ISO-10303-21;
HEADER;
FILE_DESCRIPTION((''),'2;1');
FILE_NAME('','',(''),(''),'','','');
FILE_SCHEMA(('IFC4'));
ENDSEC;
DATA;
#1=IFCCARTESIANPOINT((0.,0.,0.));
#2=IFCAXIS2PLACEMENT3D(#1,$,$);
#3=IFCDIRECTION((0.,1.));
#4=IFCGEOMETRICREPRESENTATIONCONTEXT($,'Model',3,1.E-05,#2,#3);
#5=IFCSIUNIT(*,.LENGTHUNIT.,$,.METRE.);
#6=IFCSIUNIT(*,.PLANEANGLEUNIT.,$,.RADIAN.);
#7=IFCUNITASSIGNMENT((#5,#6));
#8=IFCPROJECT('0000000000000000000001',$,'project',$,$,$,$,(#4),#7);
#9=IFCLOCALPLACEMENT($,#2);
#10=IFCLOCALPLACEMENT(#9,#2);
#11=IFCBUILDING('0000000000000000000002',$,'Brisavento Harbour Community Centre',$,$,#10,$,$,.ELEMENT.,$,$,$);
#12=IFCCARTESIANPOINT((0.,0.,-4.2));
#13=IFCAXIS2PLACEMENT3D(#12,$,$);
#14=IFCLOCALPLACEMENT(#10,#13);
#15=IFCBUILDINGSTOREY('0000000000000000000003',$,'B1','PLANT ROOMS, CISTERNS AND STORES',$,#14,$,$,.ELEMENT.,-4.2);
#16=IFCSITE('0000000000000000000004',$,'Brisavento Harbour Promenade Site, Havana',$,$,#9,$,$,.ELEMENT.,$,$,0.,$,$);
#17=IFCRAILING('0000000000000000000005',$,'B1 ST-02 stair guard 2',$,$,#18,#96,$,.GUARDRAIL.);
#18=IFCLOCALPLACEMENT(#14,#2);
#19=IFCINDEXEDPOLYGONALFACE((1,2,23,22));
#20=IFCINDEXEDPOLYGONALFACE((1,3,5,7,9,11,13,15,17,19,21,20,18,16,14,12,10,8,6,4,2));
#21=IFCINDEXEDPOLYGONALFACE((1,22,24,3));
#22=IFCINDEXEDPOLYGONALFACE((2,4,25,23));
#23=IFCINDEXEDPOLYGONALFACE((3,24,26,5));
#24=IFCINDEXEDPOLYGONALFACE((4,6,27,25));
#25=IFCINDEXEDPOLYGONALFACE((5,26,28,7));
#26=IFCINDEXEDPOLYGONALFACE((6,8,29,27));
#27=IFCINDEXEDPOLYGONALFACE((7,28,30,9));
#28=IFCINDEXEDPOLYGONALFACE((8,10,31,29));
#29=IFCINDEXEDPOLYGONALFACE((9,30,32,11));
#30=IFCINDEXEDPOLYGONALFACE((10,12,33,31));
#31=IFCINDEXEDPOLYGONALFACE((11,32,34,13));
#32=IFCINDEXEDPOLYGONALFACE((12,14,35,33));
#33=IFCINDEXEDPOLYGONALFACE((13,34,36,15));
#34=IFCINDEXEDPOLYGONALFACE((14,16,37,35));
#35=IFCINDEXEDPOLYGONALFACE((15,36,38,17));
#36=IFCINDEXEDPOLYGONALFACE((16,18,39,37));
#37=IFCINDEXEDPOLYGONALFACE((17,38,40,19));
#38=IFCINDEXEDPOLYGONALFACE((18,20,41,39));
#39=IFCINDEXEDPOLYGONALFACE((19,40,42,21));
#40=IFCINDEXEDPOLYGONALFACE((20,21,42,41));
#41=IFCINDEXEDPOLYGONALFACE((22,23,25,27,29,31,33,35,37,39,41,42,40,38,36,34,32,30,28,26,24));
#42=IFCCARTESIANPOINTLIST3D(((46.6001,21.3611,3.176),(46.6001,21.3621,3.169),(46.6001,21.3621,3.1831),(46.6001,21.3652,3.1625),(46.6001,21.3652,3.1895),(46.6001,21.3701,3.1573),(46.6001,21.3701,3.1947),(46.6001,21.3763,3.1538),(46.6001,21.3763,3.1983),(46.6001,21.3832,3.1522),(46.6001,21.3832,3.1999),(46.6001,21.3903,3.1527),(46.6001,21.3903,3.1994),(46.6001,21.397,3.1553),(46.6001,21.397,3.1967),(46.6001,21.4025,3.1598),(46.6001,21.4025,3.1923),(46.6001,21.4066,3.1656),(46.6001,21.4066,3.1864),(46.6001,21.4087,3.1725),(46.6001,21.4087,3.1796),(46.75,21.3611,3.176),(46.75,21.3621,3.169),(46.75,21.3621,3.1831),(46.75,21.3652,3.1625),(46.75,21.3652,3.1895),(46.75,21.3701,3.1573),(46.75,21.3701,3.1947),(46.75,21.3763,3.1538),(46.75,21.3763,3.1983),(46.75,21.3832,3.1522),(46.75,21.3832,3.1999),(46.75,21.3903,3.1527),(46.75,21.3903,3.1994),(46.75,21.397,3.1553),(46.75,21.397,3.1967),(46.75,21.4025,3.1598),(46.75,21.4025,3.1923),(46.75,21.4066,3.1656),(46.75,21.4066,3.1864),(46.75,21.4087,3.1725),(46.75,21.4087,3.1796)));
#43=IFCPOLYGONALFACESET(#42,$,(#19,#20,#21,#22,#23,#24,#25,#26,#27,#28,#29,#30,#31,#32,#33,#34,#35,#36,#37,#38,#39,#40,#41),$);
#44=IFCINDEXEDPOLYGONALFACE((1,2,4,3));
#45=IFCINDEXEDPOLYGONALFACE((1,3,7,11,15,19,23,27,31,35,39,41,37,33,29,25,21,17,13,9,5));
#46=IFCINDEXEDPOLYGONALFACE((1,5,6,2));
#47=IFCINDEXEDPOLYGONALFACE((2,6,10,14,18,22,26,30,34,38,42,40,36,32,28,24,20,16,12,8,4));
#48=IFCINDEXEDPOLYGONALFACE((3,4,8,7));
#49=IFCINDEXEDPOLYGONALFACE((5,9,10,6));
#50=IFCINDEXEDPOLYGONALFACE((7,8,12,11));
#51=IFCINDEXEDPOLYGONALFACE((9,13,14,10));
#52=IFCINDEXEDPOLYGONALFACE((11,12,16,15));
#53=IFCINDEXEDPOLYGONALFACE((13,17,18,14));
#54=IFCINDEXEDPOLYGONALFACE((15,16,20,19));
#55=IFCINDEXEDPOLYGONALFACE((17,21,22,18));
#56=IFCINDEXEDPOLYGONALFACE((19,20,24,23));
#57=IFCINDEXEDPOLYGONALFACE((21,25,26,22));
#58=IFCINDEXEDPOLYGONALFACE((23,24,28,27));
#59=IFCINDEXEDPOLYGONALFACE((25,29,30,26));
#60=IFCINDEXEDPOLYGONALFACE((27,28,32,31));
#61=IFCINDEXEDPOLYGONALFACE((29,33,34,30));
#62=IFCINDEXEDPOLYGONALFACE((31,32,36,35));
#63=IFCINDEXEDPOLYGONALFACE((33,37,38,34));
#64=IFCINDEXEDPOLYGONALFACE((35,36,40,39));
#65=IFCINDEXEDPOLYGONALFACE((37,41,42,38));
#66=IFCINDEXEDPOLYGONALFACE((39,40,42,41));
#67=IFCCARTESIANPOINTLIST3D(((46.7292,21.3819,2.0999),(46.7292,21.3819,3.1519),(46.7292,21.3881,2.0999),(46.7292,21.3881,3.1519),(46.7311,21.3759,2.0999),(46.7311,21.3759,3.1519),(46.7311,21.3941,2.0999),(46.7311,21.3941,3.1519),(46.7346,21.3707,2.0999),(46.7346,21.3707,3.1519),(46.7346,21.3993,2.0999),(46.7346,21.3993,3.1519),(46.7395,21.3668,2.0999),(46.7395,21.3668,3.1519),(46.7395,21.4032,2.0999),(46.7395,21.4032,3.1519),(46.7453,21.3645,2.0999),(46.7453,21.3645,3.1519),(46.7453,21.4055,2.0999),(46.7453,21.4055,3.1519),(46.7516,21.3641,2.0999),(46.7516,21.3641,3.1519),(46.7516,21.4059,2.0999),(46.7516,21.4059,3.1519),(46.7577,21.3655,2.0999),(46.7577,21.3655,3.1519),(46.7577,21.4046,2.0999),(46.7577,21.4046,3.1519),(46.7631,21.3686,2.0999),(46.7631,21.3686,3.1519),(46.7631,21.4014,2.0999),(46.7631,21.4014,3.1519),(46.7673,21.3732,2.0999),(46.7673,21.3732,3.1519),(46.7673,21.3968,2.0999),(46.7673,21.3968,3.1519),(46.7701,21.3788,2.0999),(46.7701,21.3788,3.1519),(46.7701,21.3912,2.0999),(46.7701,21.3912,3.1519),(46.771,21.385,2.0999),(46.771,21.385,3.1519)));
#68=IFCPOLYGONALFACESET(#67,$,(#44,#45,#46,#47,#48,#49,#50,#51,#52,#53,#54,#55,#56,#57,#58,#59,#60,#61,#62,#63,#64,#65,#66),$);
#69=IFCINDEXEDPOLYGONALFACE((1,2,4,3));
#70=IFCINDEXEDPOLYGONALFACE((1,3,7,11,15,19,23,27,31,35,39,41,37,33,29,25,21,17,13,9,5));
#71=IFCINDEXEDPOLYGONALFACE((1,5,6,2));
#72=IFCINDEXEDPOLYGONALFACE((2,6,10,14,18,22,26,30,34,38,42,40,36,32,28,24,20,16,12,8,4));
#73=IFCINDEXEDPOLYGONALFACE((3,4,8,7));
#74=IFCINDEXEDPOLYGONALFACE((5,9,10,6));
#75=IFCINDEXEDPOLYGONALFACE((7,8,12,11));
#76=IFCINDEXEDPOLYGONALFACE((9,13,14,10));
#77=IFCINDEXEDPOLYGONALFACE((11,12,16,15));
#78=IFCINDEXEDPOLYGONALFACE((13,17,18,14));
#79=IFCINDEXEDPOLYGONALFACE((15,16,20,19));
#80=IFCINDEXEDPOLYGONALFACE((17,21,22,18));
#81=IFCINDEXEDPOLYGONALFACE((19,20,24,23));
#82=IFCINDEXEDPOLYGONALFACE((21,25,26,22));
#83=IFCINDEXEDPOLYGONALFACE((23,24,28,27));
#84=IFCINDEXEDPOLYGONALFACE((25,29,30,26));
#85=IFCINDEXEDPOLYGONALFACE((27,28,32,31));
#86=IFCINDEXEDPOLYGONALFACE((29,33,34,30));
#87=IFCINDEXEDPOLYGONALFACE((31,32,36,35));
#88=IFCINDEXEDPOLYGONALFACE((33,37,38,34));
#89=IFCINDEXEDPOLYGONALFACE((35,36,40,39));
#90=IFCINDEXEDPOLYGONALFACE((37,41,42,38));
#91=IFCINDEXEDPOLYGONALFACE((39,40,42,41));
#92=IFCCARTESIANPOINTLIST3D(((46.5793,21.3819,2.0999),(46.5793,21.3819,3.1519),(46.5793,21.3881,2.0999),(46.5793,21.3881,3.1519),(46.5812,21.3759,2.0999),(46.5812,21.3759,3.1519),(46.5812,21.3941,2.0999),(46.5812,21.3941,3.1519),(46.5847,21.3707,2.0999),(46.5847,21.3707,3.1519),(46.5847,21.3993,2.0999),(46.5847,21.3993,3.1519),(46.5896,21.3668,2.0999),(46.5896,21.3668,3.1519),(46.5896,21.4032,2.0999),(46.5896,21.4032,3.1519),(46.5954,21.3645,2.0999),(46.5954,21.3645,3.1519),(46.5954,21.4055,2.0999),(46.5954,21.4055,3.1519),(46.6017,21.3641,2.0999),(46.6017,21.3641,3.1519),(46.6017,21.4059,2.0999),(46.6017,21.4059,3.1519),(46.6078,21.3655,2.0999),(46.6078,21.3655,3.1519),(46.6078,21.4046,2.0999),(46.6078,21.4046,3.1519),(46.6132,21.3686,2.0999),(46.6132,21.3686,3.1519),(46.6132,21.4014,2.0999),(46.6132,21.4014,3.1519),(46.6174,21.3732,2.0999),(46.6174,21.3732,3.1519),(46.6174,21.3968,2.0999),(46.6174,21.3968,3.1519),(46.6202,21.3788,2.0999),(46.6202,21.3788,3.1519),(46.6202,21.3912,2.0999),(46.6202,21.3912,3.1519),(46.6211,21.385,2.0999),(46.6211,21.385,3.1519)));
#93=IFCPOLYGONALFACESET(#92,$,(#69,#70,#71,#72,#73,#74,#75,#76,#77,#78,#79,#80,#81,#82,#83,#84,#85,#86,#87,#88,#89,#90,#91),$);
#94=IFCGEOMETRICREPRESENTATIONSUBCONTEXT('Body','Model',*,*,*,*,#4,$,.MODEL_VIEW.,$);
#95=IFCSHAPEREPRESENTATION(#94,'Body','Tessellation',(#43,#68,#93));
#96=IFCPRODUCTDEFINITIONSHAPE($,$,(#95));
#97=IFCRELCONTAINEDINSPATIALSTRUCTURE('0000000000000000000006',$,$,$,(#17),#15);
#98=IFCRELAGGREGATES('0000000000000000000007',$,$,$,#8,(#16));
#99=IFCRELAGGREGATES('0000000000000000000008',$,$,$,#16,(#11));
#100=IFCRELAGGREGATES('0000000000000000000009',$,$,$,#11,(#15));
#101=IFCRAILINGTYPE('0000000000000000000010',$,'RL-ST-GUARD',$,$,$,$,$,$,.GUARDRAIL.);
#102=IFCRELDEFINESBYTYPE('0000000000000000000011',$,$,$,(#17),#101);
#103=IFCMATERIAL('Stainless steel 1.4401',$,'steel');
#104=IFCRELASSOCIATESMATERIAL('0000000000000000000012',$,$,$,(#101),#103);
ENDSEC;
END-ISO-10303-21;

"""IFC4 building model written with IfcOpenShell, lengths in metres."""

from ifc_helpers import new_model, si_unit, direction, frame, origin, origin_2d, place, context, subcontext, project, spatial, circle, extrude, material, type_object, element, save


model = new_model("IFC4")

# Units and contexts
model_context = context("Model", 3, precision=1e-05, world=origin(), true_north=direction((0.0, 1.0)))
body_context = subcontext(model_context, "Body", "Model", "MODEL_VIEW")
ifc_project = project(units=[si_unit("LENGTHUNIT", "METRE"), si_unit("PLANEANGLEUNIT", "RADIAN")], contexts=[model_context])

# Site, building, storey
site_placement = place(None, origin())
site = spatial("IfcSite", under=ifc_project, at=site_placement, Name="Brisavento Harbour Promenade Site, Havana", CompositionType="ELEMENT", RefElevation=0.0)
building_placement = place(site_placement, origin())
building = spatial("IfcBuilding", under=site, at=building_placement, Name="Brisavento Harbour Community Centre", CompositionType="ELEMENT")
storey_placement = place(building_placement, frame((0.0, 0.0, -4.2)))
storey = spatial("IfcBuildingStorey", under=building, at=storey_placement, Name="B1", Description="PLANT ROOMS, CISTERNS AND STORES", CompositionType="ELEMENT", Elevation=-4.2)

# Railing
ifc_material_1 = material(Name="Stainless steel 1.4401", Category="steel")
railing_type_1 = type_object("IfcRailingType", Name="RL-ST-GUARD", PredefinedType="GUARDRAIL", material=ifc_material_1)
railing_1_placement = place(storey_placement, frame((46.75, 21.385, 2.0999)))
element("IfcRailing", 1, at=railing_1_placement, inside=storey, type_object=railing_type_1, Name="B1 ST-02 stair guard 2", PredefinedType="GUARDRAIL", context=body_context, shape_type="SweptSolid", body=[
    extrude(circle(Radius=0.0239, at=origin_2d()), frame((0.0, 0.0, 1.0762), z_axis=(-1.0, 0.0, 0.0), x_axis=(0.0, -1.0, 0.0)), (0.0, 0.0, 1.0), 0.1499),
    extrude(circle(Radius=0.021, at=origin_2d()), origin(), (0.0, 0.0, 1.0), 1.052),
    extrude(circle(Radius=0.021, at=origin_2d()), frame((-0.1499, 0.0, 0.0)), (0.0, 0.0, 1.0), 1.052),
])

save(model, "model.ifc")
